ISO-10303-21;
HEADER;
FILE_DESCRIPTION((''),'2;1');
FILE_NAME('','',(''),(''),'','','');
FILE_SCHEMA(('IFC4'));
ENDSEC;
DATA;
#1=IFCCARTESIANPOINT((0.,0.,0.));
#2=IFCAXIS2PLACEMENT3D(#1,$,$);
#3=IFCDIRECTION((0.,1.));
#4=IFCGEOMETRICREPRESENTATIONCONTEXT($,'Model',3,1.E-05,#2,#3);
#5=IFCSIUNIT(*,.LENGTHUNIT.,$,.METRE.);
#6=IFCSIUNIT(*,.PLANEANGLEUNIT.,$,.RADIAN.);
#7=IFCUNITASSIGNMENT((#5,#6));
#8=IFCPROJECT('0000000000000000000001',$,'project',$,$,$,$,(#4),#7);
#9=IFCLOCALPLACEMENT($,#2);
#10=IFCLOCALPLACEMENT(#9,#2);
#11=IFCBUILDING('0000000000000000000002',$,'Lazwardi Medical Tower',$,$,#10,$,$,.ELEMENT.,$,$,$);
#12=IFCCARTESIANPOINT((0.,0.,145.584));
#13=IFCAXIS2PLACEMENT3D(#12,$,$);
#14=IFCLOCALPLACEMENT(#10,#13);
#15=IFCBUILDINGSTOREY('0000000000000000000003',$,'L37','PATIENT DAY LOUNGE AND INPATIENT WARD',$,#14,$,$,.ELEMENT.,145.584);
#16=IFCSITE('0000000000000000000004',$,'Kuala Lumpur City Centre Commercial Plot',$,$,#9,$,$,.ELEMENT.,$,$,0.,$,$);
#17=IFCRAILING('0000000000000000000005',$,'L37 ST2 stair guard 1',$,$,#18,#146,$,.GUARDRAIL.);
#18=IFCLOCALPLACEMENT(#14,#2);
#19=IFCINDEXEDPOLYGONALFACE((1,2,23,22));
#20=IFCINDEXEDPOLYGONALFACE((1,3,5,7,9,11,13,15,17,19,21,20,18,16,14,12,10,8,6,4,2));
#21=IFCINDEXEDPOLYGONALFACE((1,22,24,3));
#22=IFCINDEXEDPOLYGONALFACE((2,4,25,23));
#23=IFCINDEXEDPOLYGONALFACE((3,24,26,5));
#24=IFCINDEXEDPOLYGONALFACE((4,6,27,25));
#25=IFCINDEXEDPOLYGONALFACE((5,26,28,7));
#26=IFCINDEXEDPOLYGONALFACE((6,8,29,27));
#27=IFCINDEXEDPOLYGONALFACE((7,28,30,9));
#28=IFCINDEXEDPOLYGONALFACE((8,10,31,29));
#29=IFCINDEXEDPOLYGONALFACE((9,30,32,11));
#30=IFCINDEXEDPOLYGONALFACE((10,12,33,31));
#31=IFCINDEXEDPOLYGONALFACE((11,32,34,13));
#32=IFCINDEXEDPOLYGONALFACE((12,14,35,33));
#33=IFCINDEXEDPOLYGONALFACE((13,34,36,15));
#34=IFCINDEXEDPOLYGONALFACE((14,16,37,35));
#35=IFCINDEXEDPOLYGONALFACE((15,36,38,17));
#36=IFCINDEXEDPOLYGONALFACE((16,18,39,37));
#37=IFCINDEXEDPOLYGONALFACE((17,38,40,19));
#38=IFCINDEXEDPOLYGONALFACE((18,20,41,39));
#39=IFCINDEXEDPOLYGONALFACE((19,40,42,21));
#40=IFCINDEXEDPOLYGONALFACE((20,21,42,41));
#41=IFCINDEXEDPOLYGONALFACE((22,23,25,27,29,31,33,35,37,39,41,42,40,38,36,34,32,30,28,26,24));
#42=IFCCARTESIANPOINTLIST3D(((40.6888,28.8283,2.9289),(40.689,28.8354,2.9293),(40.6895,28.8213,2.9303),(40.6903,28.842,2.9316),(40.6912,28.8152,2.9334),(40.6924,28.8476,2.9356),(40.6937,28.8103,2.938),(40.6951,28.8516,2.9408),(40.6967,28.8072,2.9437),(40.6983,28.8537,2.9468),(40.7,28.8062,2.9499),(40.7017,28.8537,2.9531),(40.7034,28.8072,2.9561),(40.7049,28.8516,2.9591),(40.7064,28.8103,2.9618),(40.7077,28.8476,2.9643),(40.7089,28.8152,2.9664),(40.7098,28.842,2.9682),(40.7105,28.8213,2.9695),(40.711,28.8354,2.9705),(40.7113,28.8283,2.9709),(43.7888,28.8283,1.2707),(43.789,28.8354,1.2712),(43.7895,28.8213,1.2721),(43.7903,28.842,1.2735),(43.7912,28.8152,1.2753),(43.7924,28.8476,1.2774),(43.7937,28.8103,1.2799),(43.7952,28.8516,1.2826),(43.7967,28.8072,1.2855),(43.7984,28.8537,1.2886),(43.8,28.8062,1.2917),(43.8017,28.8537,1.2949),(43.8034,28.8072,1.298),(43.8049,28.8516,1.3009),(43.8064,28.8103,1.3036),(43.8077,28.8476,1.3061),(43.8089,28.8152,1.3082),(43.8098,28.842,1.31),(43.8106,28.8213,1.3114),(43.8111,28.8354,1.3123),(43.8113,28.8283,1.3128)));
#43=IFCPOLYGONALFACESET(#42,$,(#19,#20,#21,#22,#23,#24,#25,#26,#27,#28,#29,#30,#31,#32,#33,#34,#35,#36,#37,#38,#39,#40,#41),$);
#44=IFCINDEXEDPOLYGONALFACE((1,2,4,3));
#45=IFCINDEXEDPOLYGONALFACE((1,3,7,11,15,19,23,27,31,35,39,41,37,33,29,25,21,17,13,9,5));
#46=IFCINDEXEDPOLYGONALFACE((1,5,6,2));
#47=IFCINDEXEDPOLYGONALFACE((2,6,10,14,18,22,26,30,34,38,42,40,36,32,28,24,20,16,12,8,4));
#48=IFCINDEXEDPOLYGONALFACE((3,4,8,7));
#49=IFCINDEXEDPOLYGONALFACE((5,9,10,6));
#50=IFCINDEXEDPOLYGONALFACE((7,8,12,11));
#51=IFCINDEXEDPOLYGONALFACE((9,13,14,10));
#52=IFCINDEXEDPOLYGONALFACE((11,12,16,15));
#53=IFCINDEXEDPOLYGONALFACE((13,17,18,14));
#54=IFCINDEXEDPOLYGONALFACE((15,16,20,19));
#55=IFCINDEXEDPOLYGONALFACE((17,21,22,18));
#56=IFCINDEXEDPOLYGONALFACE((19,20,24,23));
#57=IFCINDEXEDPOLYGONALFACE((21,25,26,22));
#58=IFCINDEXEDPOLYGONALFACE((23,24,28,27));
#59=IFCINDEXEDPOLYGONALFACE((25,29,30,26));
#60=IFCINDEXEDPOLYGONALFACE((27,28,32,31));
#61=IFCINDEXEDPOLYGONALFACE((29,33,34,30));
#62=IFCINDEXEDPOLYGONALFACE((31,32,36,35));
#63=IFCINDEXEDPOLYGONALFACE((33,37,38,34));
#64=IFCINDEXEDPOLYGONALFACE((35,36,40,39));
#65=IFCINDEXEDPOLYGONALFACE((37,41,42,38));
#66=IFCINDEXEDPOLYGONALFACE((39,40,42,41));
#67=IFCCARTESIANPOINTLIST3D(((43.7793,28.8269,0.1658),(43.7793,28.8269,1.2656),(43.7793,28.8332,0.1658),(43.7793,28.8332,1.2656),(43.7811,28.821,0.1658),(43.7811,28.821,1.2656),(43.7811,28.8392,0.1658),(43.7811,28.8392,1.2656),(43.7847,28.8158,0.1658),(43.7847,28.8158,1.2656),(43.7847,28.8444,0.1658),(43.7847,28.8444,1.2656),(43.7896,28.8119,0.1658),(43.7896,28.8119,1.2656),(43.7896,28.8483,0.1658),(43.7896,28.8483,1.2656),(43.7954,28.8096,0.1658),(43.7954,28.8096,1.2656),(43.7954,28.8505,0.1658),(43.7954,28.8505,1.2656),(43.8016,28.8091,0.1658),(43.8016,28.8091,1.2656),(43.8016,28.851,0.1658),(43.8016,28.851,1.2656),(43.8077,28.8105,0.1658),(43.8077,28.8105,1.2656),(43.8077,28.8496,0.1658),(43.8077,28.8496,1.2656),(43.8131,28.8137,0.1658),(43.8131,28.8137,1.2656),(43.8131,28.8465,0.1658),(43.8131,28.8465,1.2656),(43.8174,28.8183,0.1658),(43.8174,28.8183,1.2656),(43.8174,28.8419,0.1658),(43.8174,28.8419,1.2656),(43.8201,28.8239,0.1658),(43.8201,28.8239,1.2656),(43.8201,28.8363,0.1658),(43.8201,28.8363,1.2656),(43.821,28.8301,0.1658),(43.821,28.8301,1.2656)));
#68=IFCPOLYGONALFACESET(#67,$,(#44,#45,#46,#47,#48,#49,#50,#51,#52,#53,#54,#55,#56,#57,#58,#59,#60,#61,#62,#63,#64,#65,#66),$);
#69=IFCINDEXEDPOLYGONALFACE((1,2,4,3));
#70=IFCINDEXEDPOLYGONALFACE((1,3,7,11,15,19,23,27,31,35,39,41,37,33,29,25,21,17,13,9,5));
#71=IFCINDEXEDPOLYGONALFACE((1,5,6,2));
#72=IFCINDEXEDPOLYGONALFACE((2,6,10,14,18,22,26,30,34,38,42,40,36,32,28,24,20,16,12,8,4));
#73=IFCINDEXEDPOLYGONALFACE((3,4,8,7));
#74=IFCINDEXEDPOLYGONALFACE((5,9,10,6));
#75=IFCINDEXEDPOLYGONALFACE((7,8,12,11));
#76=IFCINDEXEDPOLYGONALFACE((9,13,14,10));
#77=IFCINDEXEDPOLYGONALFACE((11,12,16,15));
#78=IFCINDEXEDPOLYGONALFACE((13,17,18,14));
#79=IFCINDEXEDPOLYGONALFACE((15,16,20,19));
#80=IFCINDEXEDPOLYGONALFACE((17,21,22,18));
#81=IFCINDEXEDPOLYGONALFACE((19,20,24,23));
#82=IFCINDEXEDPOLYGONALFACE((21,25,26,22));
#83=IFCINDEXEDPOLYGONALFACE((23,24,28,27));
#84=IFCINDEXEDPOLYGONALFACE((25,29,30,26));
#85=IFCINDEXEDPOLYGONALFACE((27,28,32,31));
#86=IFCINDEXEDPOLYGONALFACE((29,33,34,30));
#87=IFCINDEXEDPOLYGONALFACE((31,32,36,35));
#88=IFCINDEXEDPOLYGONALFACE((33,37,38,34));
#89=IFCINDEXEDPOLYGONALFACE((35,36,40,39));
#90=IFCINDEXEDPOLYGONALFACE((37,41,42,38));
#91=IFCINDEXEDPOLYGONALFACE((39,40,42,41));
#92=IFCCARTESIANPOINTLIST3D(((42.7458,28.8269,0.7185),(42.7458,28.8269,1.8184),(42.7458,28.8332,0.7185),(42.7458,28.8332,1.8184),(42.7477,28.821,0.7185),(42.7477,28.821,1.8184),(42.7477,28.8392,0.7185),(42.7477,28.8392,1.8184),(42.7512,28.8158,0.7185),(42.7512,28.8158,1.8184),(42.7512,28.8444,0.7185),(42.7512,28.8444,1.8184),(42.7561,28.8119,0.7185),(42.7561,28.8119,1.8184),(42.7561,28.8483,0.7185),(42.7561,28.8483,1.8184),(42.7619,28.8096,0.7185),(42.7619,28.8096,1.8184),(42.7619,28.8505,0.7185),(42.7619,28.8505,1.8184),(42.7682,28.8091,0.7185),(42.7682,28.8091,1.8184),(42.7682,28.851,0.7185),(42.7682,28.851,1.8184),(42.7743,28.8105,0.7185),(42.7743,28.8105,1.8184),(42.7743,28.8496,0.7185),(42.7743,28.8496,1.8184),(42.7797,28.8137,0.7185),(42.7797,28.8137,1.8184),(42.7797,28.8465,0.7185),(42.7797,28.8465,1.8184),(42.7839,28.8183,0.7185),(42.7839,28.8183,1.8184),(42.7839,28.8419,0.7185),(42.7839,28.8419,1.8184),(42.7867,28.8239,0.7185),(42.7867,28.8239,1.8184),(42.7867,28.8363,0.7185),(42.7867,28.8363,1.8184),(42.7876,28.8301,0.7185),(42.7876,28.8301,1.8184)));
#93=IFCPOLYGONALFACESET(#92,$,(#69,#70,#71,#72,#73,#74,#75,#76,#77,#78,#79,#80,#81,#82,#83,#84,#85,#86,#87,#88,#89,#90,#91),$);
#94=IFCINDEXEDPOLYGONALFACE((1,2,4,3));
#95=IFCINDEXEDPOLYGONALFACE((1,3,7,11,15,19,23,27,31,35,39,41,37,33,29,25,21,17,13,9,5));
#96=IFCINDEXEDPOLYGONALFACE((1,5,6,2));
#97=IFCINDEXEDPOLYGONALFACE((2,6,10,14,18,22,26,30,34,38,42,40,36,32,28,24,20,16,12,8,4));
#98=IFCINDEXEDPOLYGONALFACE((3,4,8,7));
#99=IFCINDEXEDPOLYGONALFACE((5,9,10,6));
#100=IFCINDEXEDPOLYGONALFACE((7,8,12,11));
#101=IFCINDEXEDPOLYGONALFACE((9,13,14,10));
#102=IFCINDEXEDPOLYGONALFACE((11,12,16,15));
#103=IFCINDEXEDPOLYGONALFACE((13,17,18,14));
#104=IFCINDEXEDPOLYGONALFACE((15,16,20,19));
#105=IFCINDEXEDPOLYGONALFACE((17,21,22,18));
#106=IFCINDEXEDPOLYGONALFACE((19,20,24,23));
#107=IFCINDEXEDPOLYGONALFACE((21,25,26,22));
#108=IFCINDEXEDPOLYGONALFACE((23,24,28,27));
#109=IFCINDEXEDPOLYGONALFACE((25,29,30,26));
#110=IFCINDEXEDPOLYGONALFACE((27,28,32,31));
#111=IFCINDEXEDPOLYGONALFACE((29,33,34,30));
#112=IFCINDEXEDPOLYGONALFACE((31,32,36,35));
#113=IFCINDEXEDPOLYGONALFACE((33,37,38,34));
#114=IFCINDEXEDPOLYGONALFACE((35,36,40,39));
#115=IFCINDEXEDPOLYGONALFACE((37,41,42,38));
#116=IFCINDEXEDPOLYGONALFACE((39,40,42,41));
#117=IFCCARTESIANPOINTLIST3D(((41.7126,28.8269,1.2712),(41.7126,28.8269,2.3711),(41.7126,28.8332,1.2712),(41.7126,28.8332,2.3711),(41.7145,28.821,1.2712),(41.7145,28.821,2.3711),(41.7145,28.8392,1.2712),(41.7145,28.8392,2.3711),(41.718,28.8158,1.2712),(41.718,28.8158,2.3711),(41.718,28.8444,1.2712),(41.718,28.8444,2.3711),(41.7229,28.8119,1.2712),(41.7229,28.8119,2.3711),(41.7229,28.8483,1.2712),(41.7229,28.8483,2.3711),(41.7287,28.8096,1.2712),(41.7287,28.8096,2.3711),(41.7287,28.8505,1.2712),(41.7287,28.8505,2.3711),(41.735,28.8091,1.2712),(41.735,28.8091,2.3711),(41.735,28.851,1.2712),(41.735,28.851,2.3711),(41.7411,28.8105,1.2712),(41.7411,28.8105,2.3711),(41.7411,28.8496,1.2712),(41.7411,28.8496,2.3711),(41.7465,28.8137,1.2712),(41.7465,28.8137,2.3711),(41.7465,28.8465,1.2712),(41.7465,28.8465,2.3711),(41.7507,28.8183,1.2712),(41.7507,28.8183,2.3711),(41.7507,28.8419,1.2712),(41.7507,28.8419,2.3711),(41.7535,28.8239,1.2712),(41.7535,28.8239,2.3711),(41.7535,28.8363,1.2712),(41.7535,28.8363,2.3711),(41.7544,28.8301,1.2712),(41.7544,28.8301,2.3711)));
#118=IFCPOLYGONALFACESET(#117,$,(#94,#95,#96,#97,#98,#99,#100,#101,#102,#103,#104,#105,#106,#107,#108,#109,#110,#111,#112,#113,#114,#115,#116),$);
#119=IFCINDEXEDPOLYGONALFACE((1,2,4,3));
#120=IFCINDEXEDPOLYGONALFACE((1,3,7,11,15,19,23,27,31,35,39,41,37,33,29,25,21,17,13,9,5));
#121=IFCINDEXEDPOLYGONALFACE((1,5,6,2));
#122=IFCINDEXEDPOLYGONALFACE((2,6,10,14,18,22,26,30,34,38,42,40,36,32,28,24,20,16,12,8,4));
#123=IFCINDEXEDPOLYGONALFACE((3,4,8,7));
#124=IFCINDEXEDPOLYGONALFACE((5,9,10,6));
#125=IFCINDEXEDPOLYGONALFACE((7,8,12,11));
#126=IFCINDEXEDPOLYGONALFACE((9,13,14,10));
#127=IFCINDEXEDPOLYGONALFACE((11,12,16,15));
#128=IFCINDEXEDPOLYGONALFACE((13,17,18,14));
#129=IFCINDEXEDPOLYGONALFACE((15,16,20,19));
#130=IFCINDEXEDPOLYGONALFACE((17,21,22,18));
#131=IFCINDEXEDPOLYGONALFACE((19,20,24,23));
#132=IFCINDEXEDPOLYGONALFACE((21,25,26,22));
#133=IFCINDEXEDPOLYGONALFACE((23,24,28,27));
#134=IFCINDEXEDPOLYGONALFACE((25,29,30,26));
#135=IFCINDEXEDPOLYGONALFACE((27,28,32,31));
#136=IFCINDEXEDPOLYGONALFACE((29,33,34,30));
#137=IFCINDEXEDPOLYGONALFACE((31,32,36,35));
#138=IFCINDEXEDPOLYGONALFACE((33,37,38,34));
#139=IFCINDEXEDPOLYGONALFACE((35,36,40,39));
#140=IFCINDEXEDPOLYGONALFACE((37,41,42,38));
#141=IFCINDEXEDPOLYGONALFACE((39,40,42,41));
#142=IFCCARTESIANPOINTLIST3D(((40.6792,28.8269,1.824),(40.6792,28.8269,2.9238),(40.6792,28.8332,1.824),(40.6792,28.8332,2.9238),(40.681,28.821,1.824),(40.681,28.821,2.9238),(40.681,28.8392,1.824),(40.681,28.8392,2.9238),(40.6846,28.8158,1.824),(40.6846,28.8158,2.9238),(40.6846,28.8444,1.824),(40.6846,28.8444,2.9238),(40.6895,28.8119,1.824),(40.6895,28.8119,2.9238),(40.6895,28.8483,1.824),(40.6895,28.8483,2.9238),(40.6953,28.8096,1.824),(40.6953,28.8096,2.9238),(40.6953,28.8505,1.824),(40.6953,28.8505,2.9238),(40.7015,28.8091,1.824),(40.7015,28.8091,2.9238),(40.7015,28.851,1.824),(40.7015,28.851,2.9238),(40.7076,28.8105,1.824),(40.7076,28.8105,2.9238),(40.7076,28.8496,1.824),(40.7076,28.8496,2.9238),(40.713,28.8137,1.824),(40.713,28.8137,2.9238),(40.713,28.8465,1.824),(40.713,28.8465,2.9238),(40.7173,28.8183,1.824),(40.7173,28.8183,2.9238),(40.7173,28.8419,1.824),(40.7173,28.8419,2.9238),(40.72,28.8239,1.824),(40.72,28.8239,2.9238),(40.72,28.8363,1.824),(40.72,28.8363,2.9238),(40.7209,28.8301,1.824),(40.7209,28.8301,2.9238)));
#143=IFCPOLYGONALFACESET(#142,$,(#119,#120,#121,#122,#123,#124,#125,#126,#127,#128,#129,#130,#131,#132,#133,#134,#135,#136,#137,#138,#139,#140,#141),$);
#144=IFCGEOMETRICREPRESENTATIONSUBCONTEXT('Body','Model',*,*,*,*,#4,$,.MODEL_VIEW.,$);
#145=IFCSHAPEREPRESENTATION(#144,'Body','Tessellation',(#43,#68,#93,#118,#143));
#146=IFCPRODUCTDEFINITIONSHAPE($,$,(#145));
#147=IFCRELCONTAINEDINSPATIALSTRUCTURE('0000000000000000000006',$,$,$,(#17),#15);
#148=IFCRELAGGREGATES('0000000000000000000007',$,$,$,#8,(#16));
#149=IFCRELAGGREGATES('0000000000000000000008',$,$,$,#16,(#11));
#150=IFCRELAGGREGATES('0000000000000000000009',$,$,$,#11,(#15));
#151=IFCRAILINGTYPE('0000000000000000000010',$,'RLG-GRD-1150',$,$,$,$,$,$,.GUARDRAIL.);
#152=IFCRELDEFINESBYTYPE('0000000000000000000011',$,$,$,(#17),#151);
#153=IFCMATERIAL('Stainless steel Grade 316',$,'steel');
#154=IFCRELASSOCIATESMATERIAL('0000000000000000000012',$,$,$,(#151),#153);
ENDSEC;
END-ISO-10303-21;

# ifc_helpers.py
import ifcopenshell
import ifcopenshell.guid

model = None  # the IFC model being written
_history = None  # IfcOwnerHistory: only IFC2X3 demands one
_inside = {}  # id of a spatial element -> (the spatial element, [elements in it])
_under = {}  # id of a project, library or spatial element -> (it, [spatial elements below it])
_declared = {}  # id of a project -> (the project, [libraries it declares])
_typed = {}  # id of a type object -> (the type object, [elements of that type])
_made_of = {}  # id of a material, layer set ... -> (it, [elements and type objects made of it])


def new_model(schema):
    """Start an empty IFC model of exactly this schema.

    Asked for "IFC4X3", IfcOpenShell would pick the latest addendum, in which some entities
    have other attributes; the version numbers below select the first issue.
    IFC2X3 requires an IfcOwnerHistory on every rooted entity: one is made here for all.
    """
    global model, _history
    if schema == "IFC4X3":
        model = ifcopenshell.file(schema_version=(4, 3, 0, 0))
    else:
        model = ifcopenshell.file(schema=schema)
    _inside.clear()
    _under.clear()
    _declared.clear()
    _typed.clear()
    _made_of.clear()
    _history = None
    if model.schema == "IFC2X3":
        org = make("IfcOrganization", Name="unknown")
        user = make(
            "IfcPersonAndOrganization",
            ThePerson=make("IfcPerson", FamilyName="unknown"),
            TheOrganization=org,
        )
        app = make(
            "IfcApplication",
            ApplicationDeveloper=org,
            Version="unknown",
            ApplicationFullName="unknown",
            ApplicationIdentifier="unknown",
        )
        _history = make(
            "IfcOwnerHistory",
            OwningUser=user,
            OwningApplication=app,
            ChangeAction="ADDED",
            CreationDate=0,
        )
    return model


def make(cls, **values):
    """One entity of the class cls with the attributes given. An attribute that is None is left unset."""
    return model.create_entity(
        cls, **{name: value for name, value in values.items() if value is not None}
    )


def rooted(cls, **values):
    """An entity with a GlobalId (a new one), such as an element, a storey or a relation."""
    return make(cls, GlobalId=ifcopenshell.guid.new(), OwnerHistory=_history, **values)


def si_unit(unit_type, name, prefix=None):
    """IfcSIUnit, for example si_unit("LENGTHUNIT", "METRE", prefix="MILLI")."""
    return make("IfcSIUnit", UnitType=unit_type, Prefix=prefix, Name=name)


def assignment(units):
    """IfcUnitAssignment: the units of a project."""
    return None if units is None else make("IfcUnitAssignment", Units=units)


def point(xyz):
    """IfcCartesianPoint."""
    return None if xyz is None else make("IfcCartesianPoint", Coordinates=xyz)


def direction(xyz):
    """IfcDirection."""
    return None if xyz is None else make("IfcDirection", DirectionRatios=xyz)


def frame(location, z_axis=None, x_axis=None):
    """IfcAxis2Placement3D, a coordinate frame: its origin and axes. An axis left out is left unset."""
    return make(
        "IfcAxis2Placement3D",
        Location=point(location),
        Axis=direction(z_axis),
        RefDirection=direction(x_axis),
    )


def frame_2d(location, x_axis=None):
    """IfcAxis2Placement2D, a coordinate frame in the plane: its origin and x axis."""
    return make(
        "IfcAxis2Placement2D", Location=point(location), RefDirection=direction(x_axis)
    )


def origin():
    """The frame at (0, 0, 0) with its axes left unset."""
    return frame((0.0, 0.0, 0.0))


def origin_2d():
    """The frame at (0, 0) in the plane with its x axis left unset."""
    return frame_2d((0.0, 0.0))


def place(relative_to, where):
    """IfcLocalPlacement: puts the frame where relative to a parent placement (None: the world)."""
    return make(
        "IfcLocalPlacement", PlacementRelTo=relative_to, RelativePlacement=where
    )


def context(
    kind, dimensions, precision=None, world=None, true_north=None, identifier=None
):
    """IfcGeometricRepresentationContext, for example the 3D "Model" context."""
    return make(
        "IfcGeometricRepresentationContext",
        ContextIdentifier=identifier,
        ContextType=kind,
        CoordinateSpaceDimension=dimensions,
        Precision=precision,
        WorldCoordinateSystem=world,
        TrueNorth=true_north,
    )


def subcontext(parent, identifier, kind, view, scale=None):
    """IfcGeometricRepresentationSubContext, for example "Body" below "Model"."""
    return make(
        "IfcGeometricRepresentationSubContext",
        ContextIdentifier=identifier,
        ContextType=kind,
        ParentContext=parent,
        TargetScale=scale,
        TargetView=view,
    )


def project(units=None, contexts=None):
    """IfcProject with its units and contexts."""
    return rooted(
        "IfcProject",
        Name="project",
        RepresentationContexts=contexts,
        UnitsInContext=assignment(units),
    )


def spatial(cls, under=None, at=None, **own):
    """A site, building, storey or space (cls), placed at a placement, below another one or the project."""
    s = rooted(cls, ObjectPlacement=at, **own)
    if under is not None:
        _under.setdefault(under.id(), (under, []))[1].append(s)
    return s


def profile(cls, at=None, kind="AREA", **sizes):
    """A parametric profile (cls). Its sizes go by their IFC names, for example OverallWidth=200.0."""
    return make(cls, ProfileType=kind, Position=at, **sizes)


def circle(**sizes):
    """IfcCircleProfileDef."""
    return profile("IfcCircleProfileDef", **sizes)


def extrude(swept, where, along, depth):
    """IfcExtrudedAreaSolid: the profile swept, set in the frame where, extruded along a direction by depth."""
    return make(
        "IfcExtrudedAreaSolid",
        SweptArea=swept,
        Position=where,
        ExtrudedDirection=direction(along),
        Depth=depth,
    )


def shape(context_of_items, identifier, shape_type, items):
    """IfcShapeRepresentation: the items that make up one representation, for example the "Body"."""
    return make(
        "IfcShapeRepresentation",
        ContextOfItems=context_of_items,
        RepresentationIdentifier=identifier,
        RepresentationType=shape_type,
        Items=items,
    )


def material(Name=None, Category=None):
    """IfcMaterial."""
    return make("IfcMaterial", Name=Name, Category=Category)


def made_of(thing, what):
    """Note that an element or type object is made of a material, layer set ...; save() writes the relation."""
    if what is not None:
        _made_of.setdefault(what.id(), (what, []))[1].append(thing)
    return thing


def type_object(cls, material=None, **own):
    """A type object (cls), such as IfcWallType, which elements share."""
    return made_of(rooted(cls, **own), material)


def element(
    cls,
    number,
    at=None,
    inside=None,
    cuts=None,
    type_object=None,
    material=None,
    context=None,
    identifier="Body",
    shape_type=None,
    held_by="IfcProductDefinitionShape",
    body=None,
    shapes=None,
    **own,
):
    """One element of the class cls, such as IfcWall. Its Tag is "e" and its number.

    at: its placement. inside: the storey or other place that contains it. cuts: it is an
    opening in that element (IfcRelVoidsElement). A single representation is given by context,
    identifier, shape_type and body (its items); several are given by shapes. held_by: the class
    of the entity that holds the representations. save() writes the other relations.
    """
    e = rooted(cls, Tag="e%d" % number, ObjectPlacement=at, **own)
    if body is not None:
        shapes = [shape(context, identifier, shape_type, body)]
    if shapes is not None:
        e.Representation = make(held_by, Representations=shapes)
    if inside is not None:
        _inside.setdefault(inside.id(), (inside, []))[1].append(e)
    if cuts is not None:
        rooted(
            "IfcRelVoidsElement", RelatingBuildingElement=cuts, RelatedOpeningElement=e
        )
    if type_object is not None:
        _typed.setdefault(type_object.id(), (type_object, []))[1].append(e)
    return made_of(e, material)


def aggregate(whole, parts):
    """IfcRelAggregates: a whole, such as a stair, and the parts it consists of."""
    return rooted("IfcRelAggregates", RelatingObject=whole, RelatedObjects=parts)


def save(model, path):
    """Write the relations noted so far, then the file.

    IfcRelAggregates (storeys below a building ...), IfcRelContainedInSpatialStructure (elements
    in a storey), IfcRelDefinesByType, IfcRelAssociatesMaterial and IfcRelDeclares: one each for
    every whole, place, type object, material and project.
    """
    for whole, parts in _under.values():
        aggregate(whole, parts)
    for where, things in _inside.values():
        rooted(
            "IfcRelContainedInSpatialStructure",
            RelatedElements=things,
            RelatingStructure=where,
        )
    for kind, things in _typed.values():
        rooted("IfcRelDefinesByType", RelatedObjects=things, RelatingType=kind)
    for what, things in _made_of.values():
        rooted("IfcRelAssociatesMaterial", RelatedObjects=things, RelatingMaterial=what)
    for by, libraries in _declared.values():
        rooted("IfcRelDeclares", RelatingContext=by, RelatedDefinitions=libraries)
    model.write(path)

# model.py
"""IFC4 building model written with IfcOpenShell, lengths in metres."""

from ifc_helpers import new_model, si_unit, direction, frame, origin, origin_2d, place, context, subcontext, project, spatial, circle, extrude, material, type_object, element, save


model = new_model("IFC4")

# Units and contexts
model_context = context("Model", 3, precision=1e-05, world=origin(), true_north=direction((0.0, 1.0)))
body_context = subcontext(model_context, "Body", "Model", "MODEL_VIEW")
ifc_project = project(units=[si_unit("LENGTHUNIT", "METRE"), si_unit("PLANEANGLEUNIT", "RADIAN")], contexts=[model_context])

# Site, building, storey
site_placement = place(None, origin())
site = spatial("IfcSite", under=ifc_project, at=site_placement, Name="Kuala Lumpur City Centre Commercial Plot", CompositionType="ELEMENT", RefElevation=0.0)
building_placement = place(site_placement, origin())
building = spatial("IfcBuilding", under=site, at=building_placement, Name="Lazwardi Medical Tower", CompositionType="ELEMENT")
storey_placement = place(building_placement, frame((0.0, 0.0, 145.584)))
storey = spatial("IfcBuildingStorey", under=building, at=storey_placement, Name="L37", Description="PATIENT DAY LOUNGE AND INPATIENT WARD", CompositionType="ELEMENT", Elevation=145.584)

# Railing
ifc_material_1 = material(Name="Stainless steel Grade 316", Category="steel")
railing_type_1 = type_object("IfcRailingType", Name="RLG-GRD-1150", PredefinedType="GUARDRAIL", material=ifc_material_1)
railing_1_placement = place(storey_placement, frame((43.8, 28.8301, 0.1658)))
element("IfcRailing", 1, at=railing_1_placement, inside=storey, type_object=railing_type_1, Name="L37 ST2 stair guard 1", PredefinedType="GUARDRAIL", context=body_context, shape_type="SweptSolid", body=[
    extrude(circle(Radius=0.0239, at=origin_2d()), frame((0.0, 0.0, 1.126), z_axis=(-0.881783, 0.0, 0.471655), x_axis=(0.0, -1.0, 0.0)), (0.0, 0.0, 1.0), 3.5156),
    extrude(circle(Radius=0.021, at=origin_2d()), origin(), (0.0, 0.0, 1.0), 1.0999),
    extrude(circle(Radius=0.021, at=origin_2d()), frame((-1.0334, 0.0, 0.5527)), (0.0, 0.0, 1.0), 1.0999),
    extrude(circle(Radius=0.021, at=origin_2d()), frame((-2.0667, 0.0, 1.1055)), (0.0, 0.0, 1.0), 1.0999),
    extrude(circle(Radius=0.021, at=origin_2d()), frame((-3.1001, 0.0, 1.6582)), (0.0, 0.0, 1.0), 1.0999),
])

save(model, "model.ifc")
